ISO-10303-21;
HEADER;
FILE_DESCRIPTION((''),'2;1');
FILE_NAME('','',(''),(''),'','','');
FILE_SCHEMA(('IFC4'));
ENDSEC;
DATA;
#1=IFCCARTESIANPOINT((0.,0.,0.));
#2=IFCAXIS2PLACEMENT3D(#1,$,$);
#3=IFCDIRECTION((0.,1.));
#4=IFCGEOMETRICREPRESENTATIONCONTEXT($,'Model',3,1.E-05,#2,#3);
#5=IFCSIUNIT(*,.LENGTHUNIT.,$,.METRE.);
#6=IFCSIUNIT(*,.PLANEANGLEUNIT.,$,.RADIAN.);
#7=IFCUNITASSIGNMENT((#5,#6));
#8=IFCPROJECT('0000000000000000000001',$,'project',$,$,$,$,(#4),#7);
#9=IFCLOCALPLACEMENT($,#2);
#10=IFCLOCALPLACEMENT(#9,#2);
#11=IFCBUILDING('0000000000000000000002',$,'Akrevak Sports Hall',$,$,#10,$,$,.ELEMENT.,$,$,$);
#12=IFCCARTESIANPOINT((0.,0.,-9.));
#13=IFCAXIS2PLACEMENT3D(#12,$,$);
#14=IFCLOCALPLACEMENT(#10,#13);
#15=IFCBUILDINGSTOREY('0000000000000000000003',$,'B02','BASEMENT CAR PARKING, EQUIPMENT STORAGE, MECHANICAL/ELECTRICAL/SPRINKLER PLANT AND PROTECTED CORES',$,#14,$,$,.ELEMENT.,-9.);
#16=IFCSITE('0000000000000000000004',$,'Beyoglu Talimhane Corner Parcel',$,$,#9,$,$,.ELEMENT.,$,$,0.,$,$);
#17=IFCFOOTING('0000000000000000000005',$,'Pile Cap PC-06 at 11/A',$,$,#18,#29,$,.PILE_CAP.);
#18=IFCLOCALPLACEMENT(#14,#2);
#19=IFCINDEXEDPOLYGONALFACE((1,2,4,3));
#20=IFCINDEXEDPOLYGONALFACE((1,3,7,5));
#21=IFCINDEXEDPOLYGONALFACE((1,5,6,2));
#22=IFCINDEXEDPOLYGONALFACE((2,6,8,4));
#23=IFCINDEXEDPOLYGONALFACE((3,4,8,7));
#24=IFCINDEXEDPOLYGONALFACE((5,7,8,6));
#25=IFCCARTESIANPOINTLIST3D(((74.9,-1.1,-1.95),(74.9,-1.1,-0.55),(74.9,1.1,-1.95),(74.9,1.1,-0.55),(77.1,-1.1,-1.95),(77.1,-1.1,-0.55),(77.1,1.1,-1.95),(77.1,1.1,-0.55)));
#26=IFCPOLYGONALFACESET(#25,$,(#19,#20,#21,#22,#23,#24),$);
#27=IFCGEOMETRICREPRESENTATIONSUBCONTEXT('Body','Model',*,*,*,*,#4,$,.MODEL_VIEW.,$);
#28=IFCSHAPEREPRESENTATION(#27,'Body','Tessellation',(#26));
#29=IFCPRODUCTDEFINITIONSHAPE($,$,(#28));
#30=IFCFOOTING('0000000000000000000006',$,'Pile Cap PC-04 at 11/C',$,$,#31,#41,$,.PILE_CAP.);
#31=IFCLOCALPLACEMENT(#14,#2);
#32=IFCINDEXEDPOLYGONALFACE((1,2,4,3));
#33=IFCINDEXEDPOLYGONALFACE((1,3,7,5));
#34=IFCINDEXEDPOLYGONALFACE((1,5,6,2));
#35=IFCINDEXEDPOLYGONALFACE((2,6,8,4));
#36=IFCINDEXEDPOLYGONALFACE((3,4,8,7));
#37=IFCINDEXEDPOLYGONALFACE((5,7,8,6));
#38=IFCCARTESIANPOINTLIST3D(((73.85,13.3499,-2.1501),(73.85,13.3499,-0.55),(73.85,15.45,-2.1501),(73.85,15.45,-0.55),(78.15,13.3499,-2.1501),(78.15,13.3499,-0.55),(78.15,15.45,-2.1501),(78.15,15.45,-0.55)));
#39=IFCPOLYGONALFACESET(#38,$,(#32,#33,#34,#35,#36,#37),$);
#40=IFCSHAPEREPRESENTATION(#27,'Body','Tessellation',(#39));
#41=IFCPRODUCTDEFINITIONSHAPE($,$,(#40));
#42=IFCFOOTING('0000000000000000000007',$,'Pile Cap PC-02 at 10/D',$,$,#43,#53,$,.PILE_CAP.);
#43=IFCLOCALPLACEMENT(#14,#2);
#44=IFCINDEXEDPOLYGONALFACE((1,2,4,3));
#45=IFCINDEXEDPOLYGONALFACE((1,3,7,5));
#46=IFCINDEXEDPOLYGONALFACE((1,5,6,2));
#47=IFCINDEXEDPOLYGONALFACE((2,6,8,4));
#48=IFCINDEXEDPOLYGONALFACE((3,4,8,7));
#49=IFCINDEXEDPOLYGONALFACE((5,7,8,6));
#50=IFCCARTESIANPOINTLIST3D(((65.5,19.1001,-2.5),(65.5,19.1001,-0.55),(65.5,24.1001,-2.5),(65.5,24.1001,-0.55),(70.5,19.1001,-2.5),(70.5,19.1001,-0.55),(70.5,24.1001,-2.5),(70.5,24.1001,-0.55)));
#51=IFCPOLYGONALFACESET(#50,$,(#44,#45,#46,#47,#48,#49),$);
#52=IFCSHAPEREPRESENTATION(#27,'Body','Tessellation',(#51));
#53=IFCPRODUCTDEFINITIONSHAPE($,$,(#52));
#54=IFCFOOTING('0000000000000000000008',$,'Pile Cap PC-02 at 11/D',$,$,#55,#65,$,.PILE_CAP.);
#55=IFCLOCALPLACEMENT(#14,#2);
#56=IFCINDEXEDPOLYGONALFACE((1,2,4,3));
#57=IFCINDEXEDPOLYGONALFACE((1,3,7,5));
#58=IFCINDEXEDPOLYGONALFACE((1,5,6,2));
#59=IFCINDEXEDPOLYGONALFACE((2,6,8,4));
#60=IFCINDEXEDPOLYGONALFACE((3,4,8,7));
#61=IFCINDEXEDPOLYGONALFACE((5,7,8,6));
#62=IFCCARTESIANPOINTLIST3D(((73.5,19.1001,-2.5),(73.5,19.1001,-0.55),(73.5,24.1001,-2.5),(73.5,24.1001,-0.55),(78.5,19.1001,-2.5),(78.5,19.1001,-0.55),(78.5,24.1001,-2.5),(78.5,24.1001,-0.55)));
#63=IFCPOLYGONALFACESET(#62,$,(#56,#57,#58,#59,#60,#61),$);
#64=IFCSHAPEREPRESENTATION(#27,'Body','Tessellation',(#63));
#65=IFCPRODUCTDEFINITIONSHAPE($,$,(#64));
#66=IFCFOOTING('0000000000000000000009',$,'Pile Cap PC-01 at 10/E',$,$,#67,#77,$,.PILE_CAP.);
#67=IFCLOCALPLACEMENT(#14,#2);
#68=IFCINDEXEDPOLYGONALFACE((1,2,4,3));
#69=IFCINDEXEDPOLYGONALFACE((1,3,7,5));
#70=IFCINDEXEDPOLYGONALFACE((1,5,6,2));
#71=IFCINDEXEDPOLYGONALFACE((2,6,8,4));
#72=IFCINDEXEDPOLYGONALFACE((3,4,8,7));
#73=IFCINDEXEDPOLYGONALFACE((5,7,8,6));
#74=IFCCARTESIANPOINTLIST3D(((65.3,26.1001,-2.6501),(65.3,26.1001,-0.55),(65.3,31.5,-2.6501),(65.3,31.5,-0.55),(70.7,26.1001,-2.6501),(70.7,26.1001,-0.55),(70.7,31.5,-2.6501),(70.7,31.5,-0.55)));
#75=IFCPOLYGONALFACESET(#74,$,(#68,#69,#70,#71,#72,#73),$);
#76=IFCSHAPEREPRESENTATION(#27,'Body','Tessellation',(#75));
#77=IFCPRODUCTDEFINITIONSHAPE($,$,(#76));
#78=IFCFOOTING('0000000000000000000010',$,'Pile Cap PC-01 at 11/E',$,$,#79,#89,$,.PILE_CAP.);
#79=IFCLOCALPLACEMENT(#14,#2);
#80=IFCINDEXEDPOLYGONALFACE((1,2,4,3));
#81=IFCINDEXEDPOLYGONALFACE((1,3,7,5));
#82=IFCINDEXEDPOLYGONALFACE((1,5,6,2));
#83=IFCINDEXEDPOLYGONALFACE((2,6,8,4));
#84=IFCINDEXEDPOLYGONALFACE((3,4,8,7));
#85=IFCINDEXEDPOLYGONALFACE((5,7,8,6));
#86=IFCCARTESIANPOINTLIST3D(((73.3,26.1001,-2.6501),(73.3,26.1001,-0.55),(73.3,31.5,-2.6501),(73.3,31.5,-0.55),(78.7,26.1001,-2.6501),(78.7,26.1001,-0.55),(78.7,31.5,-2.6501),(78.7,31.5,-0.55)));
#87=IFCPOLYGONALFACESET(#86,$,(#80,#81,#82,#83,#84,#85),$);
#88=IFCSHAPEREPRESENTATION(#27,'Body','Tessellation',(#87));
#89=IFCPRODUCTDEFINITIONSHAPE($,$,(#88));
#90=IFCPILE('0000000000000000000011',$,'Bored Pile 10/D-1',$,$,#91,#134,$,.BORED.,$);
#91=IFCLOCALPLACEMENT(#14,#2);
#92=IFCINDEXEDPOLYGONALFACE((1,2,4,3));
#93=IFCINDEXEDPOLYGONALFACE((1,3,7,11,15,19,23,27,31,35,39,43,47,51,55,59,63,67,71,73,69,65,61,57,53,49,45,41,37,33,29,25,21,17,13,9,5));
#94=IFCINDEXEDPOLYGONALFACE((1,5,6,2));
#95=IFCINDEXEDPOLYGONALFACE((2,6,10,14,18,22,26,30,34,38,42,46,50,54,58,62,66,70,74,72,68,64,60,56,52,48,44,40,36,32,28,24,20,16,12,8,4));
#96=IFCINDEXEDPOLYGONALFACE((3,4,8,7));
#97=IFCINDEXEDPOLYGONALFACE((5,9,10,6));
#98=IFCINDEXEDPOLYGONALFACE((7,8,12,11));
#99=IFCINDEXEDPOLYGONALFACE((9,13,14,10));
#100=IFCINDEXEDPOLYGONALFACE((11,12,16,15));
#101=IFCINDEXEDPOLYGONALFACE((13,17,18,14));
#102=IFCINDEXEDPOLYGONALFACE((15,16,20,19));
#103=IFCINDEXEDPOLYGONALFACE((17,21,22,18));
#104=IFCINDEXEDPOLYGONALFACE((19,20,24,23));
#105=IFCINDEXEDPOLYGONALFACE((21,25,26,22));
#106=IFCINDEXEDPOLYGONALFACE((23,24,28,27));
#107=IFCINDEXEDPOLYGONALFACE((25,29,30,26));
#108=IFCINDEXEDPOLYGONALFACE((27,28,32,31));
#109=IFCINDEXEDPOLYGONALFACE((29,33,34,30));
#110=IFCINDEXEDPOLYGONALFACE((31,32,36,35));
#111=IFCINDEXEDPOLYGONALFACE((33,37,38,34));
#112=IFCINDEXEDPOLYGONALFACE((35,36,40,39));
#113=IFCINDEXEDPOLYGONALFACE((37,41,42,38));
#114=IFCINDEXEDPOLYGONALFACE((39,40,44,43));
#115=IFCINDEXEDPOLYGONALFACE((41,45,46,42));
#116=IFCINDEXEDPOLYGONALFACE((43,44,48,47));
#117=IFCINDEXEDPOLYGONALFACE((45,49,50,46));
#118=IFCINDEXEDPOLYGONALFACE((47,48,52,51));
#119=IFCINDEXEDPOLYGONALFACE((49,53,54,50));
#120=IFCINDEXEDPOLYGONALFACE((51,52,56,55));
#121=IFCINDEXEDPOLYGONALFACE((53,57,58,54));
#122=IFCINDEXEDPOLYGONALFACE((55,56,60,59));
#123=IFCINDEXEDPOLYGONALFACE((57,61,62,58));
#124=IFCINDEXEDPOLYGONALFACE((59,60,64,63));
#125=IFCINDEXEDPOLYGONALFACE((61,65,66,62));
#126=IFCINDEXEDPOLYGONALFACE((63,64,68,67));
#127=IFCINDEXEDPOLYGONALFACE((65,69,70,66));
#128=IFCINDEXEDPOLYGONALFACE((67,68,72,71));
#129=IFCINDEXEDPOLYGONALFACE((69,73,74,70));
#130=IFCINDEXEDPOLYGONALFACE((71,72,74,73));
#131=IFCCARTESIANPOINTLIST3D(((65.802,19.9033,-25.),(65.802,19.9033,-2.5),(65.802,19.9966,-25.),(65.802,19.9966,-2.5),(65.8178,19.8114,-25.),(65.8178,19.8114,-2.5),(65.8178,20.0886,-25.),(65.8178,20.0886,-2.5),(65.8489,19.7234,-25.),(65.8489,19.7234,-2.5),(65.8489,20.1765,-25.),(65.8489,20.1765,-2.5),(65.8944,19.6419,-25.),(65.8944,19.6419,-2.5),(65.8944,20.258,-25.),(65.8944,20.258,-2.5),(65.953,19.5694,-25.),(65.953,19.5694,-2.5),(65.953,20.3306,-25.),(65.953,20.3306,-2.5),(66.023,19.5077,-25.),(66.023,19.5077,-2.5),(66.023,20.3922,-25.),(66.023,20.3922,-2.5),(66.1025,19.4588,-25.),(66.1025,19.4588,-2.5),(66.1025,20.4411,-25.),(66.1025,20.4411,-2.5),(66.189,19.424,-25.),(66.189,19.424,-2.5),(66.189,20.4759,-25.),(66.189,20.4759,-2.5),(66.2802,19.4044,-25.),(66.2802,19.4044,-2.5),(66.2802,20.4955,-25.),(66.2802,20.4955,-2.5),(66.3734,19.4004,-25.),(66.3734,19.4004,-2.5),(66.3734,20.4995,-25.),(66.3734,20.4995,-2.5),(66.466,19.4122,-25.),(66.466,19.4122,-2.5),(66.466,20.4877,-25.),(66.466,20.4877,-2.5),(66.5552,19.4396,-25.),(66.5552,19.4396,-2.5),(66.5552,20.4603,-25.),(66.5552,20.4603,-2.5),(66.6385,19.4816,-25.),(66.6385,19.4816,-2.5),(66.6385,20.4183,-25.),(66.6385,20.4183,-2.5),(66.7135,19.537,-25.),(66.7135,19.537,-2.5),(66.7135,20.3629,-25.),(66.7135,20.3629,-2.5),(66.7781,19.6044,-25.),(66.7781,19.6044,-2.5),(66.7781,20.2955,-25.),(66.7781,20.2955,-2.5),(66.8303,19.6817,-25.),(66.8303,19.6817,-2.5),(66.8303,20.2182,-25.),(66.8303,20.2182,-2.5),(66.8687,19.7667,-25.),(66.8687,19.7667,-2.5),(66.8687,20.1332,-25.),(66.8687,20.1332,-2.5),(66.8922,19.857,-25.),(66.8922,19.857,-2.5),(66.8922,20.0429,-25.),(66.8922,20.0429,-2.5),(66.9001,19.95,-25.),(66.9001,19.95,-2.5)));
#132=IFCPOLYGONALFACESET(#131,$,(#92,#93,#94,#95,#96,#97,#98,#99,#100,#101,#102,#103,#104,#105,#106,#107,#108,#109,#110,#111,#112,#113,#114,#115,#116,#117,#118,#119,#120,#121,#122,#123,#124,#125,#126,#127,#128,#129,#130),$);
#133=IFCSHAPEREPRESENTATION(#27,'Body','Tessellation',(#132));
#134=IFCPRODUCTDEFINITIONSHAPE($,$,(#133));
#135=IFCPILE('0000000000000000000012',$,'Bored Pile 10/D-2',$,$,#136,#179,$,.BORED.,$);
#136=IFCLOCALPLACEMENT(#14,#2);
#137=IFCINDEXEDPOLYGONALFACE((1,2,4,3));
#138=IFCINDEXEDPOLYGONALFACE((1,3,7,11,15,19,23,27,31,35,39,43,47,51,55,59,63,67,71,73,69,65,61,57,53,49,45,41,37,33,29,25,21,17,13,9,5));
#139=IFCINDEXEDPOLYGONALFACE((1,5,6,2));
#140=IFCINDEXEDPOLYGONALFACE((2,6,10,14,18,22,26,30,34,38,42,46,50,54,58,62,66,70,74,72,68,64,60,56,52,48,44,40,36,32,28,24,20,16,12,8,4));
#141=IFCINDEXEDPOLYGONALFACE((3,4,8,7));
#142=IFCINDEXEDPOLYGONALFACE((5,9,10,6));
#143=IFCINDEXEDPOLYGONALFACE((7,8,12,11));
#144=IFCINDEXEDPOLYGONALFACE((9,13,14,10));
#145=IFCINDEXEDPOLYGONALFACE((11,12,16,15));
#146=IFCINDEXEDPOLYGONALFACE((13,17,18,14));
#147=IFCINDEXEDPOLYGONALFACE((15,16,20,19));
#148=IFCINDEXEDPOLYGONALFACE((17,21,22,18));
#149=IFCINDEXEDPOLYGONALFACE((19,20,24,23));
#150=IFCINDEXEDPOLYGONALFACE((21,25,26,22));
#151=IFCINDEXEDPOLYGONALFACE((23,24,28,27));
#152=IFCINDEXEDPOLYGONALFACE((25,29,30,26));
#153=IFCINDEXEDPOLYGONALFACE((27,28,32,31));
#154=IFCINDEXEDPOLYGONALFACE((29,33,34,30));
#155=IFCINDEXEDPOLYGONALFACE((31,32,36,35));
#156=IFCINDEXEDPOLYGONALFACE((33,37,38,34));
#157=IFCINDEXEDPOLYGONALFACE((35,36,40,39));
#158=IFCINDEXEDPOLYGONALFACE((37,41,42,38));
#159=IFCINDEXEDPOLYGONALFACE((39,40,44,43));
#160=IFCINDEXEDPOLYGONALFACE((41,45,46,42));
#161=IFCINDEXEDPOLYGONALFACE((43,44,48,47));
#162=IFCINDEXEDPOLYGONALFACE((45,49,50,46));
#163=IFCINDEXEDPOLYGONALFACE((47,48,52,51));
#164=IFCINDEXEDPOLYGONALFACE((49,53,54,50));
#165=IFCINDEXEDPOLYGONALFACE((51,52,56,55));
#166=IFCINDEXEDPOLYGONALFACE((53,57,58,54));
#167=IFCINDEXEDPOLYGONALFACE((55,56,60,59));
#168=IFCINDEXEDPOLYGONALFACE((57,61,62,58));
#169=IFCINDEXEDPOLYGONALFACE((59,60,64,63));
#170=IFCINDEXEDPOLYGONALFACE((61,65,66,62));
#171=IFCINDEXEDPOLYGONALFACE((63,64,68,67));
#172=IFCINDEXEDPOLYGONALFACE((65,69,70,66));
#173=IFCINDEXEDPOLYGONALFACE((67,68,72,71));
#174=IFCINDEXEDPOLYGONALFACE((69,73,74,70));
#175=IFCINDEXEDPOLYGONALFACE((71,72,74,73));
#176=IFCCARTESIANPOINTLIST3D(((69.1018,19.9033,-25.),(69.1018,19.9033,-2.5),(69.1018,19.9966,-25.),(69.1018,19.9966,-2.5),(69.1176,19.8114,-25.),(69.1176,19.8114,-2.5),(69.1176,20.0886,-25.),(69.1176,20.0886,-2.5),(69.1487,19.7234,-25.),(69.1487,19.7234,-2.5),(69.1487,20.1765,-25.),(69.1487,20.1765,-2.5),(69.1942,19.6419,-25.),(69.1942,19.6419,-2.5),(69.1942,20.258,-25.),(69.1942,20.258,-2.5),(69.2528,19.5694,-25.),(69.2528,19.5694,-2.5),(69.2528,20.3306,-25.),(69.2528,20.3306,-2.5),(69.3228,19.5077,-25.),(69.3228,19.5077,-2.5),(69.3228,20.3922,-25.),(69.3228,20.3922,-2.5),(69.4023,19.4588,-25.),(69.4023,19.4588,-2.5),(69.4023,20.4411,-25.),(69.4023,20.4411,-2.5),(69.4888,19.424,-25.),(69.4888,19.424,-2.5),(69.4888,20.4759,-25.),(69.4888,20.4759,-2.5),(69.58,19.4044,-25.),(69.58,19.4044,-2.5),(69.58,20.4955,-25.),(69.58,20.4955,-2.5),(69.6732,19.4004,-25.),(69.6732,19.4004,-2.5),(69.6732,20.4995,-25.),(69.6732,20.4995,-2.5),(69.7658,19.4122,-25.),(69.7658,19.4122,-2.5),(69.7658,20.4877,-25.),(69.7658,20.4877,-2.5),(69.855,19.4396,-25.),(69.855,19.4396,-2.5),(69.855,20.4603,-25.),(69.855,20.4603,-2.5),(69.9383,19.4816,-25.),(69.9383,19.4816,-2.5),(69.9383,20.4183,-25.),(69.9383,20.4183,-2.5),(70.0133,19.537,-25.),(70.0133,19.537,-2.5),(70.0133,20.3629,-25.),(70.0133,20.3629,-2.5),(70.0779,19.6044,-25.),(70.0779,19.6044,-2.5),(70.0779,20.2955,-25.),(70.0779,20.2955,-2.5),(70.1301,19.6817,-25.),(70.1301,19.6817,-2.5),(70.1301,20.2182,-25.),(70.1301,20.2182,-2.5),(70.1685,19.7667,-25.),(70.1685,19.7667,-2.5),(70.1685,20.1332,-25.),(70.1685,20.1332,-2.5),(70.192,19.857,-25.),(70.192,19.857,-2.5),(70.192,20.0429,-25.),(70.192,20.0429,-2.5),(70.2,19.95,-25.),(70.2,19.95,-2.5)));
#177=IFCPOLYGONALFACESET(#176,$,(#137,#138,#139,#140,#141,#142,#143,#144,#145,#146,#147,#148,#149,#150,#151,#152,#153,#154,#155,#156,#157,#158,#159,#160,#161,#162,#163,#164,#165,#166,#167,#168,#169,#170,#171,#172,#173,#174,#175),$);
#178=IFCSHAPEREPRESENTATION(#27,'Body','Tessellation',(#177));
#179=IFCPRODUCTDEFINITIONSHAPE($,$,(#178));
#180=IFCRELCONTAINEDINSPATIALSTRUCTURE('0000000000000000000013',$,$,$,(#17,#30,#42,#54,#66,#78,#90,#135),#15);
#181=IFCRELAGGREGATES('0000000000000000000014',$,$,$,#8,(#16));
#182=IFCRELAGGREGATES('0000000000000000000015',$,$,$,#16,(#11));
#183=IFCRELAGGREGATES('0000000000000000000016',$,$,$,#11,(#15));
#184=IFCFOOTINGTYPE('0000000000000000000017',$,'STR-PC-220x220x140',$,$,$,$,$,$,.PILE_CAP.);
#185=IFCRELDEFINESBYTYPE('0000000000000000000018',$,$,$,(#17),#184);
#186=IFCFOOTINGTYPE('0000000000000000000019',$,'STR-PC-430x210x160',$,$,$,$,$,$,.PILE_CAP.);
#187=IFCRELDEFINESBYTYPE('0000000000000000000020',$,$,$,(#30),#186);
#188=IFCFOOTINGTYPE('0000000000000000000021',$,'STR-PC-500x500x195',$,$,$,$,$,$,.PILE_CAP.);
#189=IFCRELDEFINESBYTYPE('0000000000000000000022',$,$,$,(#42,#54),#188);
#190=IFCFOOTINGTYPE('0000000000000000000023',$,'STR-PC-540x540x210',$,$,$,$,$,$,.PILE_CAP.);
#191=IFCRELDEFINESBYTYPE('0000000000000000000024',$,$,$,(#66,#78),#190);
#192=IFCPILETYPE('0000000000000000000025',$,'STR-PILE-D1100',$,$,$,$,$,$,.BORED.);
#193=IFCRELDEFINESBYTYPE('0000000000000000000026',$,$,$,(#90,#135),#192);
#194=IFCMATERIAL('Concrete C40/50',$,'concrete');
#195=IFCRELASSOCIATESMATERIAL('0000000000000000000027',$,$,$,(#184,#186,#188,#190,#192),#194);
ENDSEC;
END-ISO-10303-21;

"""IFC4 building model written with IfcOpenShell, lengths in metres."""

from ifc_helpers import new_model, si_unit, direction, frame, origin, origin_2d, place, context, subcontext, project, spatial, rectangle, circle, extrude, material, material_profile, profile_set, type_object, element, save


model = new_model("IFC4")

# Units and contexts
model_context = context("Model", 3, precision=1e-05, world=origin(), true_north=direction((0.0, 1.0)))
body_context = subcontext(model_context, "Body", "Model", "MODEL_VIEW")
ifc_project = project(units=[si_unit("LENGTHUNIT", "METRE"), si_unit("PLANEANGLEUNIT", "RADIAN")], contexts=[model_context])

# Site, building, storey
site_placement = place(None, origin())
site = spatial("IfcSite", under=ifc_project, at=site_placement, Name="Beyoglu Talimhane Corner Parcel", CompositionType="ELEMENT", RefElevation=0.0)
building_placement = place(site_placement, origin())
building = spatial("IfcBuilding", under=site, at=building_placement, Name="Akrevak Sports Hall", CompositionType="ELEMENT")
storey_placement = place(building_placement, frame((0.0, 0.0, -9.0)))
storey = spatial("IfcBuildingStorey", under=building, at=storey_placement, Name="B02", Description="BASEMENT CAR PARKING, EQUIPMENT STORAGE, MECHANICAL/ELECTRICAL/SPRINKLER PLANT AND PROTECTED CORES", CompositionType="ELEMENT", Elevation=-9.0)

# Footings
ifc_material_1 = material(Name="Concrete C40/50", Category="concrete")
footing_type_1 = type_object("IfcFootingType", Name="STR-PC-220x220x140", PredefinedType="PILE_CAP", material=ifc_material_1)
footing_1_placement = place(storey_placement, frame((76.0, 0.0, -1.95), z_axis=(0.0, 0.0, 1.0), x_axis=(1.0, 0.0, 0.0)))
element("IfcFooting", 1, at=footing_1_placement, inside=storey, type_object=footing_type_1, Name="Pile Cap PC-06 at 11/A", PredefinedType="PILE_CAP", context=body_context, shape_type="SweptSolid", body=[
    extrude(rectangle(XDim=2.2, YDim=2.2, at=origin_2d()), origin(), (0.0, 0.0, 1.0), 1.3999),
])
footing_type_2 = type_object("IfcFootingType", Name="STR-PC-430x210x160", PredefinedType="PILE_CAP", material=ifc_material_1)
footing_2_placement = place(storey_placement, frame((76.0, 14.3999, -2.1501), z_axis=(0.0, 0.0, 1.0), x_axis=(1.0, 0.0, 0.0)))
element("IfcFooting", 2, at=footing_2_placement, inside=storey, type_object=footing_type_2, Name="Pile Cap PC-04 at 11/C", PredefinedType="PILE_CAP", context=body_context, shape_type="SweptSolid", body=[
    extrude(rectangle(XDim=4.3, YDim=2.1001, at=origin_2d()), origin(), (0.0, 0.0, 1.0), 1.6001),
])
footing_type_3 = type_object("IfcFootingType", Name="STR-PC-500x500x195", PredefinedType="PILE_CAP", material=ifc_material_1)
for number, where, z_axis, x_axis, name in (
    (3, (68.0, 21.6001, -2.5), (0.0, 0.0, 1.0), (1.0, 0.0, 0.0), "Pile Cap PC-02 at 10/D"),
    (4, (76.0, 21.6001, -2.5), (0.0, 0.0, 1.0), (1.0, 0.0, 0.0), "Pile Cap PC-02 at 11/D"),
):
    element("IfcFooting", number, at=place(storey_placement, frame(where, z_axis=z_axis, x_axis=x_axis)), inside=storey, type_object=footing_type_3, Name=name, PredefinedType="PILE_CAP", context=body_context, shape_type="SweptSolid", body=[
        extrude(rectangle(XDim=5.0, YDim=5.0, at=origin_2d()), origin(), (0.0, 0.0, 1.0), 1.95),
    ])
footing_type_4 = type_object("IfcFootingType", Name="STR-PC-540x540x210", PredefinedType="PILE_CAP", material=ifc_material_1)
for number, where, z_axis, x_axis, name in (
    (5, (68.0, 28.8, -2.6501), (0.0, 0.0, 1.0), (1.0, 0.0, 0.0), "Pile Cap PC-01 at 10/E"),
    (6, (76.0, 28.8, -2.6501), (0.0, 0.0, 1.0), (1.0, 0.0, 0.0), "Pile Cap PC-01 at 11/E"),
):
    element("IfcFooting", number, at=place(storey_placement, frame(where, z_axis=z_axis, x_axis=x_axis)), inside=storey, type_object=footing_type_4, Name=name, PredefinedType="PILE_CAP", context=body_context, shape_type="SweptSolid", body=[
        extrude(rectangle(XDim=5.3999, YDim=5.3999, at=origin_2d()), origin(), (0.0, 0.0, 1.0), 2.1001),
    ])

# Piles
ifc_material_profile_1 = material_profile(ifc_material_1, circle(Radius=0.55, at=origin_2d()), Name="BORED PILE D1100", Category="concrete")
ifc_profile_set_1 = profile_set([ifc_material_profile_1], Name="Concrete C40/50")
pile_type_1 = type_object("IfcPileType", Name="STR-PILE-D1100", PredefinedType="BORED", material=ifc_profile_set_1)
for number, where, z_axis, x_axis, name in (
    (7, (66.3501, 19.95, -2.5), (0.0, 0.0, -1.0), (1.0, 0.0, 0.0), "Bored Pile 10/D-1"),
    (8, (69.6499, 19.95, -2.5), (0.0, 0.0, -1.0), (1.0, 0.0, 0.0), "Bored Pile 10/D-2"),
):
    element("IfcPile", number, at=place(storey_placement, frame(where, z_axis=z_axis, x_axis=x_axis)), inside=storey, type_object=pile_type_1, Name=name, PredefinedType="BORED", context=body_context, shape_type="SweptSolid", body=[
        extrude(circle(Radius=0.55, at=origin_2d()), origin(), (0.0, 0.0, 1.0), 22.5),
    ])

save(model, "model.ifc")
